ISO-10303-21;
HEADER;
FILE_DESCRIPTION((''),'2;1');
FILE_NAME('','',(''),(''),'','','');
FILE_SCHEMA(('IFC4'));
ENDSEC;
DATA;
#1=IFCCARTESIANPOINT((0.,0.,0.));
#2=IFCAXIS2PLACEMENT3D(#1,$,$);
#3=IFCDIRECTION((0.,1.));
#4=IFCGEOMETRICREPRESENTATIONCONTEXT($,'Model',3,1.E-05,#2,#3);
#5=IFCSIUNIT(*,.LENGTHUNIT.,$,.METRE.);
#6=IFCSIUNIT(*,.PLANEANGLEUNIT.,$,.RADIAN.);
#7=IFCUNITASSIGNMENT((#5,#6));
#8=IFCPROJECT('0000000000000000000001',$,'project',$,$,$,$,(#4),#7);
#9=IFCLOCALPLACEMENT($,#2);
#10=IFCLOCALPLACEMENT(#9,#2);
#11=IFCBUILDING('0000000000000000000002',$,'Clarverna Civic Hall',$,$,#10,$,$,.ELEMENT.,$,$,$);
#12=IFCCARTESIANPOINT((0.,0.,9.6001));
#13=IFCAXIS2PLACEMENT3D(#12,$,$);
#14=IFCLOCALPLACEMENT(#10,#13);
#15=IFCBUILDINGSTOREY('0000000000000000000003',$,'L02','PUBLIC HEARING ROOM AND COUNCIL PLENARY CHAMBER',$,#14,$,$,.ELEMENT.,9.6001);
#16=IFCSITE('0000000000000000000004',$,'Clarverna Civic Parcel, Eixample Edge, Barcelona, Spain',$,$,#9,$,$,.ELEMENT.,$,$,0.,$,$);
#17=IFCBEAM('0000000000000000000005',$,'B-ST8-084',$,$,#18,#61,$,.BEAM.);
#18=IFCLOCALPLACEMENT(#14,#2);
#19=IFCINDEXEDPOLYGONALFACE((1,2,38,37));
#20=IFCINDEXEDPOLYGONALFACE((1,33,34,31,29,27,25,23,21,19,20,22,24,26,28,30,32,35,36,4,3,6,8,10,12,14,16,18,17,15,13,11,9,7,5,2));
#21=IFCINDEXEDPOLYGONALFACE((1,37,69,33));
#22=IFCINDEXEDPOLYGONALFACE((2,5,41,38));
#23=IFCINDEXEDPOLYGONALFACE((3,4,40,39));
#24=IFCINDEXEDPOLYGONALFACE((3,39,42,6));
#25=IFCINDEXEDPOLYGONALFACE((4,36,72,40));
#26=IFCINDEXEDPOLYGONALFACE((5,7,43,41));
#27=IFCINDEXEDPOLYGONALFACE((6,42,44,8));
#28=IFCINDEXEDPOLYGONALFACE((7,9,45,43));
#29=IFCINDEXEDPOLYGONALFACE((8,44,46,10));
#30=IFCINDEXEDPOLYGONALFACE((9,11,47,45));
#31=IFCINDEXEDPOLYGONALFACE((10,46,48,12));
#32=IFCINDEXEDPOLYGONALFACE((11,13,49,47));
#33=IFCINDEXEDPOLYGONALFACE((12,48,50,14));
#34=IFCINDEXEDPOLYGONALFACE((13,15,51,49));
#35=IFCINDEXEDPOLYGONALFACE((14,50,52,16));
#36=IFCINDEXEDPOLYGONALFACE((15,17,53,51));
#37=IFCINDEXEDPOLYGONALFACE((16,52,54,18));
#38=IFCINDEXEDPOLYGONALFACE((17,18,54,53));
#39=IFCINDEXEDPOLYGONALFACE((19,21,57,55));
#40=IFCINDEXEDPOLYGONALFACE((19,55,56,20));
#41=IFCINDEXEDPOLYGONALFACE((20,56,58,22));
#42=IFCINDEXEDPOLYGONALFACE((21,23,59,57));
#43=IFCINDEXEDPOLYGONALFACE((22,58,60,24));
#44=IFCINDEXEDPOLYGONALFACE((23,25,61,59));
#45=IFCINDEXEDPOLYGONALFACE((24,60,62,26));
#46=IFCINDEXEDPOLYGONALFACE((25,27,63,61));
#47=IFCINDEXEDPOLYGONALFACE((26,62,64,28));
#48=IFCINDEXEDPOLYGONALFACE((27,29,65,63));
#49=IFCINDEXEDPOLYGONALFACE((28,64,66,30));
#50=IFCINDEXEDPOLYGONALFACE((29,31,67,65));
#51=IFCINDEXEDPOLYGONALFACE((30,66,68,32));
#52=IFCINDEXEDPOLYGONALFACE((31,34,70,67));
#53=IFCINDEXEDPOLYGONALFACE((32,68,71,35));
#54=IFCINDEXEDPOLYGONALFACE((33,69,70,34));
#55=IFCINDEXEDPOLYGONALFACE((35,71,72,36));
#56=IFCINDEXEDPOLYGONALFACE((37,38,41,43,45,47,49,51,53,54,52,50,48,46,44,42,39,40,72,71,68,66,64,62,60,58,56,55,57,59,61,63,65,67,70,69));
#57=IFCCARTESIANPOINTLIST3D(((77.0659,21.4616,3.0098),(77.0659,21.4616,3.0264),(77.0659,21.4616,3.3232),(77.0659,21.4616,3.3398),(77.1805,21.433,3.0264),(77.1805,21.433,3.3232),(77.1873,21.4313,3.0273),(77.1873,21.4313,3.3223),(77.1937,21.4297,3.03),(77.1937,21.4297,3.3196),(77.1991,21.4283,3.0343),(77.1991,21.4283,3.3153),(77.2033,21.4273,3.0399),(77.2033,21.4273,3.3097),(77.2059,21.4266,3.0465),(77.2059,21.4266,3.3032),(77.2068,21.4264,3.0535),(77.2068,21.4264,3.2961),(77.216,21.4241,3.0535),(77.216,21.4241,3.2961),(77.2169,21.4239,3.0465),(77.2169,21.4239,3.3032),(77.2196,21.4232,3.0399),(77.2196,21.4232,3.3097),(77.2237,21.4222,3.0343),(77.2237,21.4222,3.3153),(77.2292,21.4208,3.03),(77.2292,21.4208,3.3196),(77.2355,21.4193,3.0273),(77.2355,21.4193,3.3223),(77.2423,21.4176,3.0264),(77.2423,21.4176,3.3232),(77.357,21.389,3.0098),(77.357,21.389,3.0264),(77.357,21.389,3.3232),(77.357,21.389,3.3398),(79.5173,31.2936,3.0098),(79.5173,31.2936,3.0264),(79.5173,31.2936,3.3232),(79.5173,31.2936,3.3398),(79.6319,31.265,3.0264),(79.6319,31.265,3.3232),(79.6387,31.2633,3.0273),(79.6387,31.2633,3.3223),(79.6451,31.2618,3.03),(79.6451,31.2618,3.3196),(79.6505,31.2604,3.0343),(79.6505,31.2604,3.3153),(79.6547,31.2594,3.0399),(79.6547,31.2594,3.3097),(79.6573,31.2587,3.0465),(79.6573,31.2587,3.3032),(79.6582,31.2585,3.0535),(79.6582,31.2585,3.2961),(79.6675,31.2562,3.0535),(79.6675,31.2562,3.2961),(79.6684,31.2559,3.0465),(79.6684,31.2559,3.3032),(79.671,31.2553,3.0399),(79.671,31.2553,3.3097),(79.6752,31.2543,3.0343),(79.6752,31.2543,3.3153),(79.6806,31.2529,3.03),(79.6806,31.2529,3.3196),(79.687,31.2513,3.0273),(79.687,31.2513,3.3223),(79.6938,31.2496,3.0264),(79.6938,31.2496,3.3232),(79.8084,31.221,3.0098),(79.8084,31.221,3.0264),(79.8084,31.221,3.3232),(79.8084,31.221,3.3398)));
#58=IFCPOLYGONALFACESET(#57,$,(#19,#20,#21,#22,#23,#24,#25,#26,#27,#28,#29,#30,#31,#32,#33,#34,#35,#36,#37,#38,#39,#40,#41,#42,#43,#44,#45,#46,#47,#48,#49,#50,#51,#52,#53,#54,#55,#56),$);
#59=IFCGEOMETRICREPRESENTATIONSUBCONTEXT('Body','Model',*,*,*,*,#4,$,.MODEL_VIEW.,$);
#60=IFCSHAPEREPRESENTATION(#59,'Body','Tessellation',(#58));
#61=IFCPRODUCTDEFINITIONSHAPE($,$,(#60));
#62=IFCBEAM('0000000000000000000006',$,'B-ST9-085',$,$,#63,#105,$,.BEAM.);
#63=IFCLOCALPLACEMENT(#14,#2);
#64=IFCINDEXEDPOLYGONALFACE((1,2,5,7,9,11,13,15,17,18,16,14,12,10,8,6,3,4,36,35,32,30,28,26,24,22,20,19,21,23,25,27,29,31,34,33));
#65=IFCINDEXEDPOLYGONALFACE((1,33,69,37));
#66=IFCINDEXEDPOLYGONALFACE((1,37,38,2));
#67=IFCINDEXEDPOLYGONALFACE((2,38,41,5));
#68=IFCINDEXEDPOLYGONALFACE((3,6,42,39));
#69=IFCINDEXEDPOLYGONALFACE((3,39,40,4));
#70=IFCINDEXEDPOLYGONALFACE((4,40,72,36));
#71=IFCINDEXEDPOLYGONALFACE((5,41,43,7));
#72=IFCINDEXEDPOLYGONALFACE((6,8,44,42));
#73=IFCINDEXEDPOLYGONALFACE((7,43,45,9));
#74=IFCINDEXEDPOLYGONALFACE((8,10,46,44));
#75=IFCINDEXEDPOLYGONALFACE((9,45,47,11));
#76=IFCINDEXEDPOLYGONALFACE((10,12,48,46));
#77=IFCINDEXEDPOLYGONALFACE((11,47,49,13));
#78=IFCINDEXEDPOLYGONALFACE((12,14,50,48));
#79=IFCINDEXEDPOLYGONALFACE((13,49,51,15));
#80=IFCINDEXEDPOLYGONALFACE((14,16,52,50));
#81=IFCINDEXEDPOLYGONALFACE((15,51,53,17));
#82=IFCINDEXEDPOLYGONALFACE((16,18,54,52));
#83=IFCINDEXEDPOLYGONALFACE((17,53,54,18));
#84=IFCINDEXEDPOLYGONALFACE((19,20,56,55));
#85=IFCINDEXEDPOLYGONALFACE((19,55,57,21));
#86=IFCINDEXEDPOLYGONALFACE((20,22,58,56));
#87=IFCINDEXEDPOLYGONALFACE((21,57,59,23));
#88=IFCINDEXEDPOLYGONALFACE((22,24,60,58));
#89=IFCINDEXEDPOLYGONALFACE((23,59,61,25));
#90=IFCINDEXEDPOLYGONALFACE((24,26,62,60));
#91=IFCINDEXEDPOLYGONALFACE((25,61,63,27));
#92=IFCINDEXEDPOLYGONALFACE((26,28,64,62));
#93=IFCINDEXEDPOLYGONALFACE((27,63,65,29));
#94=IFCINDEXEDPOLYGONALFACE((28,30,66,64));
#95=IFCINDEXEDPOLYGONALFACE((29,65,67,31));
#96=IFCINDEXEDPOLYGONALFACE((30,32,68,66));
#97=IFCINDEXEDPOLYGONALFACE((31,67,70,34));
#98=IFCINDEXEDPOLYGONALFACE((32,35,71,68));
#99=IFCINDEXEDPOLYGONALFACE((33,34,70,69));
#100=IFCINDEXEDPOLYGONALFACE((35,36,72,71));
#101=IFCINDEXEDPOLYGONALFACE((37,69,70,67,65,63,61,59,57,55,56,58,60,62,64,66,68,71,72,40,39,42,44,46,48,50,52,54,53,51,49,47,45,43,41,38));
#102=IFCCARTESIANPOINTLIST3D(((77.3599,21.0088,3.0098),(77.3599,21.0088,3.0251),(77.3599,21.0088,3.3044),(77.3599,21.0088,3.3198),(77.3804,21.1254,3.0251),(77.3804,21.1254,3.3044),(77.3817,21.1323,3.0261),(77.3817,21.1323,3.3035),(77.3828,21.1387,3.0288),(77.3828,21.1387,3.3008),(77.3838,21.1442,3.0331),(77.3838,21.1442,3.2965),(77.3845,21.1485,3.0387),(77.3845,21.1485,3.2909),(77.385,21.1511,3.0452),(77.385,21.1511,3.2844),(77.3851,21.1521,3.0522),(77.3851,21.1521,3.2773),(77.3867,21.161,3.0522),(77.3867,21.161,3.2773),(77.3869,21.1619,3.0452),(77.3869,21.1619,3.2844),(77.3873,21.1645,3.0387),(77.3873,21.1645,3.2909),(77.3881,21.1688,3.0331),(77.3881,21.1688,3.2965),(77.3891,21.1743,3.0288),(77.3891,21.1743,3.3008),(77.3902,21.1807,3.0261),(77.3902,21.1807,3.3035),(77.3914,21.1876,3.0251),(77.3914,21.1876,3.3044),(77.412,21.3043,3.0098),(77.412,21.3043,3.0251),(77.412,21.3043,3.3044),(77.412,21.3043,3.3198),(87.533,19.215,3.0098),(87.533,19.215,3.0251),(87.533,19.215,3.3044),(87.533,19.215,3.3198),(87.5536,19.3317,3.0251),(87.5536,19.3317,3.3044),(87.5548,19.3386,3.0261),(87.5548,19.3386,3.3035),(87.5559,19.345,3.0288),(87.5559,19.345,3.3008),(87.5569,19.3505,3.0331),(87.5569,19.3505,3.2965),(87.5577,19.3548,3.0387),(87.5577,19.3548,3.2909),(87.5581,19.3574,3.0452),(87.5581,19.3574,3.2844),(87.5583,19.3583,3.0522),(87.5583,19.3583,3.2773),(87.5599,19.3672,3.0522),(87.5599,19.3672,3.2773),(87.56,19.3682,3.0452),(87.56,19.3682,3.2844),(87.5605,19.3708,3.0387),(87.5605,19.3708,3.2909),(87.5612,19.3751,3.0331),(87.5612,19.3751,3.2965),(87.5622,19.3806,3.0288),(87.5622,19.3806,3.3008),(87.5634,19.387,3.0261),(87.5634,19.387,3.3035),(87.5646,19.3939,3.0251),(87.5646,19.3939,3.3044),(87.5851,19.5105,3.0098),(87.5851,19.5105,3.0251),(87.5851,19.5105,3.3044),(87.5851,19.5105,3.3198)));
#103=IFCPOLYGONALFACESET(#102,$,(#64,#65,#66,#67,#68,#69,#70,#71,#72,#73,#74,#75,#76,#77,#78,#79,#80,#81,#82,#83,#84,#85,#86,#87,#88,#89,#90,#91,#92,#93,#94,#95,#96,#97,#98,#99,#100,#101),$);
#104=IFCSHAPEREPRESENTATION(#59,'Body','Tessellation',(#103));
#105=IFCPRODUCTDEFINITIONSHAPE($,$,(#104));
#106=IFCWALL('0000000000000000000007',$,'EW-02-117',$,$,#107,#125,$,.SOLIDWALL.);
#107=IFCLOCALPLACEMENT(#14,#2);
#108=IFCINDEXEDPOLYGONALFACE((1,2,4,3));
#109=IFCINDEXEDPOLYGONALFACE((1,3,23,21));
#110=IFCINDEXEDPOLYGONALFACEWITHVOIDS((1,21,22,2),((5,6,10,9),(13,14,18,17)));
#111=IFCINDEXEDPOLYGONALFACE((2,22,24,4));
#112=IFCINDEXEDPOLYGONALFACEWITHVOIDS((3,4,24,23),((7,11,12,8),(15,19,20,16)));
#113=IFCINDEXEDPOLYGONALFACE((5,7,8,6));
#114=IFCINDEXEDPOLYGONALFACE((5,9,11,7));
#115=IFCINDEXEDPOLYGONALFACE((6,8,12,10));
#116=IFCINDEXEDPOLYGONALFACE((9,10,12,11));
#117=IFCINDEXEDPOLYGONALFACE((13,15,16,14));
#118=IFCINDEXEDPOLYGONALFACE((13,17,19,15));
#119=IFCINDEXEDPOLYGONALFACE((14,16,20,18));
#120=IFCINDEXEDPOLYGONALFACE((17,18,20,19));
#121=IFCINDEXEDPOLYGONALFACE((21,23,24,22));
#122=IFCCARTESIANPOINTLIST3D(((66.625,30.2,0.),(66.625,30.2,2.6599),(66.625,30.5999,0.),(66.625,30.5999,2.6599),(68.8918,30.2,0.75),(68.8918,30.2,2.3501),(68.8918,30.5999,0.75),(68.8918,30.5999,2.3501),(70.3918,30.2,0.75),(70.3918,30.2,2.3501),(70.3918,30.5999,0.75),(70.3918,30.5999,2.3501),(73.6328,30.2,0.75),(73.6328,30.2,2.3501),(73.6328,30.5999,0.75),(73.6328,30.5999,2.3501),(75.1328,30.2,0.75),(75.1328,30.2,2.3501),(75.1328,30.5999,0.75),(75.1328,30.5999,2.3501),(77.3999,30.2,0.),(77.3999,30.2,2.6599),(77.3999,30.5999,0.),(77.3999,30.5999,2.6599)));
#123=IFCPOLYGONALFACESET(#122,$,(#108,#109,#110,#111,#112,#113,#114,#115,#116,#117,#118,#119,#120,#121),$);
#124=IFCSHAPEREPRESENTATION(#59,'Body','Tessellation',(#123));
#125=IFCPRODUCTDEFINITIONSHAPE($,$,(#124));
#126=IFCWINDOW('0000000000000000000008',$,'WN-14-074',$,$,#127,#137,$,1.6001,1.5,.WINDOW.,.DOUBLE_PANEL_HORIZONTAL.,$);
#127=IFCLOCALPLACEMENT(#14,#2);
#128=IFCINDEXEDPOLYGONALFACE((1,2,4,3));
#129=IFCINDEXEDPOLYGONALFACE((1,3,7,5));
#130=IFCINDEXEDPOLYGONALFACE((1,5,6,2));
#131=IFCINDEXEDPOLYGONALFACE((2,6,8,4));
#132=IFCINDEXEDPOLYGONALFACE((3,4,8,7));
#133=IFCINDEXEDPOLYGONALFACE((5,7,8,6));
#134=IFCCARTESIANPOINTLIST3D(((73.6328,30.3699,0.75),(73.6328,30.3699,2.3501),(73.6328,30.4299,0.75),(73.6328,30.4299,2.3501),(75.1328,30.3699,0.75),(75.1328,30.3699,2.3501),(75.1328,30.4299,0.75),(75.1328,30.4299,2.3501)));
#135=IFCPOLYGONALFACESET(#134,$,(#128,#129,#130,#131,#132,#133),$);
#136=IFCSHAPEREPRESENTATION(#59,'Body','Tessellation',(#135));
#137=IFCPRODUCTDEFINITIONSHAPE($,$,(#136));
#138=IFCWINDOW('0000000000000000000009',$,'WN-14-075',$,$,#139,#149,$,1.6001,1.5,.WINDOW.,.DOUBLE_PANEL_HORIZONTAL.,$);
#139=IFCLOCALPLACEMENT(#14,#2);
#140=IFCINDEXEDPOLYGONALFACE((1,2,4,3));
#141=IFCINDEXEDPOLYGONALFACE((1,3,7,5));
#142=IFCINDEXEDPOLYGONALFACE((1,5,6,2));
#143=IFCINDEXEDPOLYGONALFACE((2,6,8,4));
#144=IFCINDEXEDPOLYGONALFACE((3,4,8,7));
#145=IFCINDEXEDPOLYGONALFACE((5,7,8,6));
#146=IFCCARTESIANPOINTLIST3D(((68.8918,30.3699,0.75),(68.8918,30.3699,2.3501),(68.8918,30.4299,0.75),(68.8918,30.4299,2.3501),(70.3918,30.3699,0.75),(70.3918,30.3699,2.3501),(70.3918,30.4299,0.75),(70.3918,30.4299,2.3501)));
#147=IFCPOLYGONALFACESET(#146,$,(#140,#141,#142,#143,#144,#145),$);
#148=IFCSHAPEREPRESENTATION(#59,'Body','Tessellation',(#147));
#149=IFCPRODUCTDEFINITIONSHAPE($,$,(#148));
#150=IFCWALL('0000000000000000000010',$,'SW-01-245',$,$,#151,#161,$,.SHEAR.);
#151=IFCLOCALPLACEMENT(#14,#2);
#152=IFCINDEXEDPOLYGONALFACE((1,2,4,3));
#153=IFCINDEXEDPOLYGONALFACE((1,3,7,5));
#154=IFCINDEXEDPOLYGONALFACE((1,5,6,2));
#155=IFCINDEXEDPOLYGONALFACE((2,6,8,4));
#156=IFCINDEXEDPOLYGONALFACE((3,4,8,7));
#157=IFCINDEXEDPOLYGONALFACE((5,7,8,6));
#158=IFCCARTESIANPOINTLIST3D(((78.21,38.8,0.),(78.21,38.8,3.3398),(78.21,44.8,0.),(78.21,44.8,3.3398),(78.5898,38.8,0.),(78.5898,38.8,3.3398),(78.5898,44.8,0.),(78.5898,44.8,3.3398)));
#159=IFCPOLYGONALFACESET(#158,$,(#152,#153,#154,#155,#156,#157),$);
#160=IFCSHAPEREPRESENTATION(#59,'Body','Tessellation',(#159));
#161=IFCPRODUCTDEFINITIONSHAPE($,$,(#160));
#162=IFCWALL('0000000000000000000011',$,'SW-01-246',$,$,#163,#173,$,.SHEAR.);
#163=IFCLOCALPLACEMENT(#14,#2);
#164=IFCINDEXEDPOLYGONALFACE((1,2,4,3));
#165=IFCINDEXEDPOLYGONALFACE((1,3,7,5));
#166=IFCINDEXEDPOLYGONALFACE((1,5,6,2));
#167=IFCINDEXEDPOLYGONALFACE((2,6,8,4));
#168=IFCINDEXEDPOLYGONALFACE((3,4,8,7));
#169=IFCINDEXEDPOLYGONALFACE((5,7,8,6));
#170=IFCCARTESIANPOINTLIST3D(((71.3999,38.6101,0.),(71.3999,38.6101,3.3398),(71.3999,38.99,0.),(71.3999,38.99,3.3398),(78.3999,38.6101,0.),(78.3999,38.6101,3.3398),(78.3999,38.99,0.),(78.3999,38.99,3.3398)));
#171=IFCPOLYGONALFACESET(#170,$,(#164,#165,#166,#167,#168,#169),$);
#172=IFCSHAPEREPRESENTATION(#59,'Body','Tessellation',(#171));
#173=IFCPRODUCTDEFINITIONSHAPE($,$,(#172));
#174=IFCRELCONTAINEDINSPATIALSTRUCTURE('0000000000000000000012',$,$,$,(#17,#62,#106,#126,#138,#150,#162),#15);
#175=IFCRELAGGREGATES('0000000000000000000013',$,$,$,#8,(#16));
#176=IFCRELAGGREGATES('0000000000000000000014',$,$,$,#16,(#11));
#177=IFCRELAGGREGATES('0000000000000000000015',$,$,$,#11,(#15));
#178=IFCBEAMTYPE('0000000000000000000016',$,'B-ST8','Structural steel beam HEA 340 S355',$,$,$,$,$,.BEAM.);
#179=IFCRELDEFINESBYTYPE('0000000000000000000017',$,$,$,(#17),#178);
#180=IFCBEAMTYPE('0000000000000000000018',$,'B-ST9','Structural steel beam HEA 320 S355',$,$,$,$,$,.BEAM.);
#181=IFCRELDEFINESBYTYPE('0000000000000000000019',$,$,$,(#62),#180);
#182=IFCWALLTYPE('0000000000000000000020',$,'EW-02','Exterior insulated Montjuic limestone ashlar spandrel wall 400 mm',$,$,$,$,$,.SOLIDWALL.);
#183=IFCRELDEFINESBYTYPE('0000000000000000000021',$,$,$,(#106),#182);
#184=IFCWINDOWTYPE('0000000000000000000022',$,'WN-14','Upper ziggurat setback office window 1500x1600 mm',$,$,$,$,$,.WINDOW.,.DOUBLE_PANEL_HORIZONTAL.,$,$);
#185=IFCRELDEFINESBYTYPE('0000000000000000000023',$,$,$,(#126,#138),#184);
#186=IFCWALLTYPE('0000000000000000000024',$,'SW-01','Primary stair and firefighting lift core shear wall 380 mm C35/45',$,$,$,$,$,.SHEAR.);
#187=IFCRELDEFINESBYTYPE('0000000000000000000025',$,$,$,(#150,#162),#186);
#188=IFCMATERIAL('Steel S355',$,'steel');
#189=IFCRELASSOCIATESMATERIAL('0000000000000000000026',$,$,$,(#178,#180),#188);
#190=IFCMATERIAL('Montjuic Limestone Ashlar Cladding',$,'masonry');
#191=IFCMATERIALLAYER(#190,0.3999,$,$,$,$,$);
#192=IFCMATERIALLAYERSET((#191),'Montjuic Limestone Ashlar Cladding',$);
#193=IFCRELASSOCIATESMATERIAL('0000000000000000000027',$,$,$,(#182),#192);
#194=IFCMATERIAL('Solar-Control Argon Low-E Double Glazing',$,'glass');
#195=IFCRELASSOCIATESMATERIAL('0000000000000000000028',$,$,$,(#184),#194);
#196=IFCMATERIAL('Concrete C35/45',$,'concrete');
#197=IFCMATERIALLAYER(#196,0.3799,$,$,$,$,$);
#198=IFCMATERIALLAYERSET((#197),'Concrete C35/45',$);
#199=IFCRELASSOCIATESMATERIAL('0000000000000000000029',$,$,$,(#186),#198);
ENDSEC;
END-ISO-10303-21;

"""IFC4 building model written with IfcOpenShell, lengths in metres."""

from ifc_helpers import new_model, si_unit, direction, frame, frame_2d, origin, origin_2d, place, context, subcontext, project, spatial, rectangle, i_section, extrude, material, layer, layer_set, material_profile, profile_set, type_object, element, fill, save


model = new_model("IFC4")

# Units and contexts
model_context = context("Model", 3, precision=1e-05, world=origin(), true_north=direction((0.0, 1.0)))
body_context = subcontext(model_context, "Body", "Model", "MODEL_VIEW")
ifc_project = project(units=[si_unit("LENGTHUNIT", "METRE"), si_unit("PLANEANGLEUNIT", "RADIAN")], contexts=[model_context])

# Site, building, storey
site_placement = place(None, origin())
site = spatial("IfcSite", under=ifc_project, at=site_placement, Name="Clarverna Civic Parcel, Eixample Edge, Barcelona, Spain", CompositionType="ELEMENT", RefElevation=0.0)
building_placement = place(site_placement, origin())
building = spatial("IfcBuilding", under=site, at=building_placement, Name="Clarverna Civic Hall", CompositionType="ELEMENT")
storey_placement = place(building_placement, frame((0.0, 0.0, 9.6001)))
storey = spatial("IfcBuildingStorey", under=building, at=storey_placement, Name="L02", Description="PUBLIC HEARING ROOM AND COUNCIL PLENARY CHAMBER", CompositionType="ELEMENT", Elevation=9.6001)

# Shared definitions
ifc_material_1 = material(Name="Concrete C35/45", Category="concrete")

# Beams
ifc_material_2 = material(Name="Steel S355", Category="steel")
ifc_material_profile_1 = material_profile(ifc_material_2, i_section(OverallWidth=0.3, OverallDepth=0.3301, WebThickness=0.0095, FlangeThickness=0.0166, FilletRadius=0.0271, at=origin_2d()), Name="HEA 340")
ifc_profile_set_1 = profile_set([ifc_material_profile_1], Name="Steel S355")
beam_type_1 = type_object("IfcBeamType", Name="B-ST8", Description="Structural steel beam HEA 340 S355", PredefinedType="BEAM", material=ifc_profile_set_1)
beam_1_placement = place(storey_placement, frame((79.6628, 31.2573, 3.1748), z_axis=(-0.241923, -0.970295, 0.0), x_axis=(0.970295, -0.241923, 0.0)))
element("IfcBeam", 1, at=beam_1_placement, inside=storey, type_object=beam_type_1, Name="B-ST8-084", PredefinedType="BEAM", context=body_context, shape_type="SweptSolid", body=[
    extrude(i_section(OverallWidth=0.3, OverallDepth=0.3301, WebThickness=0.0095, FlangeThickness=0.0166, FilletRadius=0.0271, at=origin_2d()), origin(), (0.0, 0.0, 1.0), 10.1331),
])
ifc_material_profile_2 = material_profile(ifc_material_2, i_section(OverallWidth=0.3, OverallDepth=0.3101, WebThickness=0.009, FlangeThickness=0.0154, FilletRadius=0.0271, at=origin_2d()), Name="HEA 320")
ifc_profile_set_2 = profile_set([ifc_material_profile_2], Name="Steel S355")
beam_type_2 = type_object("IfcBeamType", Name="B-ST9", Description="Structural steel beam HEA 320 S355", PredefinedType="BEAM", material=ifc_profile_set_2)
beam_2_placement = place(storey_placement, frame((87.5591, 19.3628, 3.1648), z_axis=(-0.984809, 0.17364, 0.0), x_axis=(-0.17364, -0.984809, 0.0)))
element("IfcBeam", 2, at=beam_2_placement, inside=storey, type_object=beam_type_2, Name="B-ST9-085", PredefinedType="BEAM", context=body_context, shape_type="SweptSolid", body=[
    extrude(i_section(OverallWidth=0.3, OverallDepth=0.3101, WebThickness=0.009, FlangeThickness=0.0154, FilletRadius=0.0271, at=origin_2d()), origin(), (0.0, 0.0, 1.0), 10.3301),
])

# Wall, openings, windows
ifc_material_3 = material(Name="Montjuic Limestone Ashlar Cladding", Category="masonry")
ifc_layer_1 = layer(ifc_material_3, 0.3999)
ifc_layer_set_1 = layer_set([ifc_layer_1], Name="Montjuic Limestone Ashlar Cladding")
wall_type_1 = type_object("IfcWallType", Name="EW-02", Description="Exterior insulated Montjuic limestone ashlar spandrel wall 400 mm", PredefinedType="SOLIDWALL", material=ifc_layer_set_1)
wall_1_placement = place(storey_placement, frame((77.3999, 30.3999, 0.0), z_axis=(0.0, 0.0, 1.0), x_axis=(-1.0, 0.0, 0.0)))
wall_1 = element("IfcWall", 3, at=wall_1_placement, inside=storey, type_object=wall_type_1, Name="EW-02-117", PredefinedType="SOLIDWALL", context=body_context, shape_type="SweptSolid", body=[
    extrude(rectangle(XDim=10.7749, YDim=0.3999, at=frame_2d((5.3875, 0.0))), origin(), (0.0, 0.0, 1.0), 2.6599),
])
opening_1_placement = place(wall_1_placement, frame((2.2671, 0.0, 0.75)))
opening_1 = element("IfcOpeningElement", 4, at=opening_1_placement, cuts=wall_1, PredefinedType="OPENING", context=body_context, shape_type="SweptSolid", body=[
    extrude(rectangle(XDim=1.5, YDim=1.6001, at=frame_2d((0.75, 0.8))), frame((0.0, 0.21, 0.0), z_axis=(0.0, -1.0, 0.0), x_axis=(1.0, 0.0, 0.0)), (0.0, 0.0, 1.0), 0.4199),
])
opening_2_placement = place(wall_1_placement, frame((7.0081, 0.0, 0.75)))
opening_2 = element("IfcOpeningElement", 5, at=opening_2_placement, cuts=wall_1, PredefinedType="OPENING", context=body_context, shape_type="SweptSolid", body=[
    extrude(rectangle(XDim=1.5, YDim=1.6001, at=frame_2d((0.75, 0.8))), frame((0.0, 0.21, 0.0), z_axis=(0.0, -1.0, 0.0), x_axis=(1.0, 0.0, 0.0)), (0.0, 0.0, 1.0), 0.4199),
])
ifc_material_4 = material(Name="Solar-Control Argon Low-E Double Glazing", Category="glass")
window_type = type_object("IfcWindowType", Name="WN-14", Description="Upper ziggurat setback office window 1500x1600 mm", PartitioningType="DOUBLE_PANEL_HORIZONTAL", PredefinedType="WINDOW", material=ifc_material_4)
window_1_placement = place(opening_1_placement, origin())
window_1 = element("IfcWindow", 6, at=window_1_placement, inside=storey, type_object=window_type, Name="WN-14-074", OverallHeight=1.6001, OverallWidth=1.5, PartitioningType="DOUBLE_PANEL_HORIZONTAL", PredefinedType="WINDOW", context=body_context, shape_type="SweptSolid", body=[
    extrude(rectangle(XDim=1.5, YDim=1.6001, at=frame_2d((0.75, 0.8))), frame((0.0, 0.03, 0.0), z_axis=(0.0, -1.0, 0.0), x_axis=(1.0, 0.0, 0.0)), (0.0, 0.0, 1.0), 0.0601),
])
fill(opening_1, window_1)
window_2_placement = place(opening_2_placement, origin())
window_2 = element("IfcWindow", 7, at=window_2_placement, inside=storey, type_object=window_type, Name="WN-14-075", OverallHeight=1.6001, OverallWidth=1.5, PartitioningType="DOUBLE_PANEL_HORIZONTAL", PredefinedType="WINDOW", context=body_context, shape_type="SweptSolid", body=[
    extrude(rectangle(XDim=1.5, YDim=1.6001, at=frame_2d((0.75, 0.8))), frame((0.0, 0.03, 0.0), z_axis=(0.0, -1.0, 0.0), x_axis=(1.0, 0.0, 0.0)), (0.0, 0.0, 1.0), 0.0601),
])
fill(opening_2, window_2)

# Walls
ifc_layer_2 = layer(ifc_material_1, 0.3799)
ifc_layer_set_2 = layer_set([ifc_layer_2], Name="Concrete C35/45")
wall_type_2 = type_object("IfcWallType", Name="SW-01", Description="Primary stair and firefighting lift core shear wall 380 mm C35/45", PredefinedType="SHEAR", material=ifc_layer_set_2)
wall_2_placement = place(storey_placement, frame((78.3999, 38.8, 0.0), z_axis=(0.0, 0.0, 1.0), x_axis=(0.0, 1.0, 0.0)))
element("IfcWall", 8, at=wall_2_placement, inside=storey, type_object=wall_type_2, Name="SW-01-245", PredefinedType="SHEAR", context=body_context, shape_type="SweptSolid", body=[
    extrude(rectangle(XDim=6.0, YDim=0.3799, at=frame_2d((3.0, 0.0))), origin(), (0.0, 0.0, 1.0), 3.3398),
])
wall_3_placement = place(storey_placement, frame((71.3999, 38.8, 0.0), z_axis=(0.0, 0.0, 1.0), x_axis=(1.0, 0.0, 0.0)))
element("IfcWall", 9, at=wall_3_placement, inside=storey, type_object=wall_type_2, Name="SW-01-246", PredefinedType="SHEAR", context=body_context, shape_type="SweptSolid", body=[
    extrude(rectangle(XDim=7.0, YDim=0.3799, at=frame_2d((3.5, 0.0))), origin(), (0.0, 0.0, 1.0), 3.3398),
])

save(model, "model.ifc")
